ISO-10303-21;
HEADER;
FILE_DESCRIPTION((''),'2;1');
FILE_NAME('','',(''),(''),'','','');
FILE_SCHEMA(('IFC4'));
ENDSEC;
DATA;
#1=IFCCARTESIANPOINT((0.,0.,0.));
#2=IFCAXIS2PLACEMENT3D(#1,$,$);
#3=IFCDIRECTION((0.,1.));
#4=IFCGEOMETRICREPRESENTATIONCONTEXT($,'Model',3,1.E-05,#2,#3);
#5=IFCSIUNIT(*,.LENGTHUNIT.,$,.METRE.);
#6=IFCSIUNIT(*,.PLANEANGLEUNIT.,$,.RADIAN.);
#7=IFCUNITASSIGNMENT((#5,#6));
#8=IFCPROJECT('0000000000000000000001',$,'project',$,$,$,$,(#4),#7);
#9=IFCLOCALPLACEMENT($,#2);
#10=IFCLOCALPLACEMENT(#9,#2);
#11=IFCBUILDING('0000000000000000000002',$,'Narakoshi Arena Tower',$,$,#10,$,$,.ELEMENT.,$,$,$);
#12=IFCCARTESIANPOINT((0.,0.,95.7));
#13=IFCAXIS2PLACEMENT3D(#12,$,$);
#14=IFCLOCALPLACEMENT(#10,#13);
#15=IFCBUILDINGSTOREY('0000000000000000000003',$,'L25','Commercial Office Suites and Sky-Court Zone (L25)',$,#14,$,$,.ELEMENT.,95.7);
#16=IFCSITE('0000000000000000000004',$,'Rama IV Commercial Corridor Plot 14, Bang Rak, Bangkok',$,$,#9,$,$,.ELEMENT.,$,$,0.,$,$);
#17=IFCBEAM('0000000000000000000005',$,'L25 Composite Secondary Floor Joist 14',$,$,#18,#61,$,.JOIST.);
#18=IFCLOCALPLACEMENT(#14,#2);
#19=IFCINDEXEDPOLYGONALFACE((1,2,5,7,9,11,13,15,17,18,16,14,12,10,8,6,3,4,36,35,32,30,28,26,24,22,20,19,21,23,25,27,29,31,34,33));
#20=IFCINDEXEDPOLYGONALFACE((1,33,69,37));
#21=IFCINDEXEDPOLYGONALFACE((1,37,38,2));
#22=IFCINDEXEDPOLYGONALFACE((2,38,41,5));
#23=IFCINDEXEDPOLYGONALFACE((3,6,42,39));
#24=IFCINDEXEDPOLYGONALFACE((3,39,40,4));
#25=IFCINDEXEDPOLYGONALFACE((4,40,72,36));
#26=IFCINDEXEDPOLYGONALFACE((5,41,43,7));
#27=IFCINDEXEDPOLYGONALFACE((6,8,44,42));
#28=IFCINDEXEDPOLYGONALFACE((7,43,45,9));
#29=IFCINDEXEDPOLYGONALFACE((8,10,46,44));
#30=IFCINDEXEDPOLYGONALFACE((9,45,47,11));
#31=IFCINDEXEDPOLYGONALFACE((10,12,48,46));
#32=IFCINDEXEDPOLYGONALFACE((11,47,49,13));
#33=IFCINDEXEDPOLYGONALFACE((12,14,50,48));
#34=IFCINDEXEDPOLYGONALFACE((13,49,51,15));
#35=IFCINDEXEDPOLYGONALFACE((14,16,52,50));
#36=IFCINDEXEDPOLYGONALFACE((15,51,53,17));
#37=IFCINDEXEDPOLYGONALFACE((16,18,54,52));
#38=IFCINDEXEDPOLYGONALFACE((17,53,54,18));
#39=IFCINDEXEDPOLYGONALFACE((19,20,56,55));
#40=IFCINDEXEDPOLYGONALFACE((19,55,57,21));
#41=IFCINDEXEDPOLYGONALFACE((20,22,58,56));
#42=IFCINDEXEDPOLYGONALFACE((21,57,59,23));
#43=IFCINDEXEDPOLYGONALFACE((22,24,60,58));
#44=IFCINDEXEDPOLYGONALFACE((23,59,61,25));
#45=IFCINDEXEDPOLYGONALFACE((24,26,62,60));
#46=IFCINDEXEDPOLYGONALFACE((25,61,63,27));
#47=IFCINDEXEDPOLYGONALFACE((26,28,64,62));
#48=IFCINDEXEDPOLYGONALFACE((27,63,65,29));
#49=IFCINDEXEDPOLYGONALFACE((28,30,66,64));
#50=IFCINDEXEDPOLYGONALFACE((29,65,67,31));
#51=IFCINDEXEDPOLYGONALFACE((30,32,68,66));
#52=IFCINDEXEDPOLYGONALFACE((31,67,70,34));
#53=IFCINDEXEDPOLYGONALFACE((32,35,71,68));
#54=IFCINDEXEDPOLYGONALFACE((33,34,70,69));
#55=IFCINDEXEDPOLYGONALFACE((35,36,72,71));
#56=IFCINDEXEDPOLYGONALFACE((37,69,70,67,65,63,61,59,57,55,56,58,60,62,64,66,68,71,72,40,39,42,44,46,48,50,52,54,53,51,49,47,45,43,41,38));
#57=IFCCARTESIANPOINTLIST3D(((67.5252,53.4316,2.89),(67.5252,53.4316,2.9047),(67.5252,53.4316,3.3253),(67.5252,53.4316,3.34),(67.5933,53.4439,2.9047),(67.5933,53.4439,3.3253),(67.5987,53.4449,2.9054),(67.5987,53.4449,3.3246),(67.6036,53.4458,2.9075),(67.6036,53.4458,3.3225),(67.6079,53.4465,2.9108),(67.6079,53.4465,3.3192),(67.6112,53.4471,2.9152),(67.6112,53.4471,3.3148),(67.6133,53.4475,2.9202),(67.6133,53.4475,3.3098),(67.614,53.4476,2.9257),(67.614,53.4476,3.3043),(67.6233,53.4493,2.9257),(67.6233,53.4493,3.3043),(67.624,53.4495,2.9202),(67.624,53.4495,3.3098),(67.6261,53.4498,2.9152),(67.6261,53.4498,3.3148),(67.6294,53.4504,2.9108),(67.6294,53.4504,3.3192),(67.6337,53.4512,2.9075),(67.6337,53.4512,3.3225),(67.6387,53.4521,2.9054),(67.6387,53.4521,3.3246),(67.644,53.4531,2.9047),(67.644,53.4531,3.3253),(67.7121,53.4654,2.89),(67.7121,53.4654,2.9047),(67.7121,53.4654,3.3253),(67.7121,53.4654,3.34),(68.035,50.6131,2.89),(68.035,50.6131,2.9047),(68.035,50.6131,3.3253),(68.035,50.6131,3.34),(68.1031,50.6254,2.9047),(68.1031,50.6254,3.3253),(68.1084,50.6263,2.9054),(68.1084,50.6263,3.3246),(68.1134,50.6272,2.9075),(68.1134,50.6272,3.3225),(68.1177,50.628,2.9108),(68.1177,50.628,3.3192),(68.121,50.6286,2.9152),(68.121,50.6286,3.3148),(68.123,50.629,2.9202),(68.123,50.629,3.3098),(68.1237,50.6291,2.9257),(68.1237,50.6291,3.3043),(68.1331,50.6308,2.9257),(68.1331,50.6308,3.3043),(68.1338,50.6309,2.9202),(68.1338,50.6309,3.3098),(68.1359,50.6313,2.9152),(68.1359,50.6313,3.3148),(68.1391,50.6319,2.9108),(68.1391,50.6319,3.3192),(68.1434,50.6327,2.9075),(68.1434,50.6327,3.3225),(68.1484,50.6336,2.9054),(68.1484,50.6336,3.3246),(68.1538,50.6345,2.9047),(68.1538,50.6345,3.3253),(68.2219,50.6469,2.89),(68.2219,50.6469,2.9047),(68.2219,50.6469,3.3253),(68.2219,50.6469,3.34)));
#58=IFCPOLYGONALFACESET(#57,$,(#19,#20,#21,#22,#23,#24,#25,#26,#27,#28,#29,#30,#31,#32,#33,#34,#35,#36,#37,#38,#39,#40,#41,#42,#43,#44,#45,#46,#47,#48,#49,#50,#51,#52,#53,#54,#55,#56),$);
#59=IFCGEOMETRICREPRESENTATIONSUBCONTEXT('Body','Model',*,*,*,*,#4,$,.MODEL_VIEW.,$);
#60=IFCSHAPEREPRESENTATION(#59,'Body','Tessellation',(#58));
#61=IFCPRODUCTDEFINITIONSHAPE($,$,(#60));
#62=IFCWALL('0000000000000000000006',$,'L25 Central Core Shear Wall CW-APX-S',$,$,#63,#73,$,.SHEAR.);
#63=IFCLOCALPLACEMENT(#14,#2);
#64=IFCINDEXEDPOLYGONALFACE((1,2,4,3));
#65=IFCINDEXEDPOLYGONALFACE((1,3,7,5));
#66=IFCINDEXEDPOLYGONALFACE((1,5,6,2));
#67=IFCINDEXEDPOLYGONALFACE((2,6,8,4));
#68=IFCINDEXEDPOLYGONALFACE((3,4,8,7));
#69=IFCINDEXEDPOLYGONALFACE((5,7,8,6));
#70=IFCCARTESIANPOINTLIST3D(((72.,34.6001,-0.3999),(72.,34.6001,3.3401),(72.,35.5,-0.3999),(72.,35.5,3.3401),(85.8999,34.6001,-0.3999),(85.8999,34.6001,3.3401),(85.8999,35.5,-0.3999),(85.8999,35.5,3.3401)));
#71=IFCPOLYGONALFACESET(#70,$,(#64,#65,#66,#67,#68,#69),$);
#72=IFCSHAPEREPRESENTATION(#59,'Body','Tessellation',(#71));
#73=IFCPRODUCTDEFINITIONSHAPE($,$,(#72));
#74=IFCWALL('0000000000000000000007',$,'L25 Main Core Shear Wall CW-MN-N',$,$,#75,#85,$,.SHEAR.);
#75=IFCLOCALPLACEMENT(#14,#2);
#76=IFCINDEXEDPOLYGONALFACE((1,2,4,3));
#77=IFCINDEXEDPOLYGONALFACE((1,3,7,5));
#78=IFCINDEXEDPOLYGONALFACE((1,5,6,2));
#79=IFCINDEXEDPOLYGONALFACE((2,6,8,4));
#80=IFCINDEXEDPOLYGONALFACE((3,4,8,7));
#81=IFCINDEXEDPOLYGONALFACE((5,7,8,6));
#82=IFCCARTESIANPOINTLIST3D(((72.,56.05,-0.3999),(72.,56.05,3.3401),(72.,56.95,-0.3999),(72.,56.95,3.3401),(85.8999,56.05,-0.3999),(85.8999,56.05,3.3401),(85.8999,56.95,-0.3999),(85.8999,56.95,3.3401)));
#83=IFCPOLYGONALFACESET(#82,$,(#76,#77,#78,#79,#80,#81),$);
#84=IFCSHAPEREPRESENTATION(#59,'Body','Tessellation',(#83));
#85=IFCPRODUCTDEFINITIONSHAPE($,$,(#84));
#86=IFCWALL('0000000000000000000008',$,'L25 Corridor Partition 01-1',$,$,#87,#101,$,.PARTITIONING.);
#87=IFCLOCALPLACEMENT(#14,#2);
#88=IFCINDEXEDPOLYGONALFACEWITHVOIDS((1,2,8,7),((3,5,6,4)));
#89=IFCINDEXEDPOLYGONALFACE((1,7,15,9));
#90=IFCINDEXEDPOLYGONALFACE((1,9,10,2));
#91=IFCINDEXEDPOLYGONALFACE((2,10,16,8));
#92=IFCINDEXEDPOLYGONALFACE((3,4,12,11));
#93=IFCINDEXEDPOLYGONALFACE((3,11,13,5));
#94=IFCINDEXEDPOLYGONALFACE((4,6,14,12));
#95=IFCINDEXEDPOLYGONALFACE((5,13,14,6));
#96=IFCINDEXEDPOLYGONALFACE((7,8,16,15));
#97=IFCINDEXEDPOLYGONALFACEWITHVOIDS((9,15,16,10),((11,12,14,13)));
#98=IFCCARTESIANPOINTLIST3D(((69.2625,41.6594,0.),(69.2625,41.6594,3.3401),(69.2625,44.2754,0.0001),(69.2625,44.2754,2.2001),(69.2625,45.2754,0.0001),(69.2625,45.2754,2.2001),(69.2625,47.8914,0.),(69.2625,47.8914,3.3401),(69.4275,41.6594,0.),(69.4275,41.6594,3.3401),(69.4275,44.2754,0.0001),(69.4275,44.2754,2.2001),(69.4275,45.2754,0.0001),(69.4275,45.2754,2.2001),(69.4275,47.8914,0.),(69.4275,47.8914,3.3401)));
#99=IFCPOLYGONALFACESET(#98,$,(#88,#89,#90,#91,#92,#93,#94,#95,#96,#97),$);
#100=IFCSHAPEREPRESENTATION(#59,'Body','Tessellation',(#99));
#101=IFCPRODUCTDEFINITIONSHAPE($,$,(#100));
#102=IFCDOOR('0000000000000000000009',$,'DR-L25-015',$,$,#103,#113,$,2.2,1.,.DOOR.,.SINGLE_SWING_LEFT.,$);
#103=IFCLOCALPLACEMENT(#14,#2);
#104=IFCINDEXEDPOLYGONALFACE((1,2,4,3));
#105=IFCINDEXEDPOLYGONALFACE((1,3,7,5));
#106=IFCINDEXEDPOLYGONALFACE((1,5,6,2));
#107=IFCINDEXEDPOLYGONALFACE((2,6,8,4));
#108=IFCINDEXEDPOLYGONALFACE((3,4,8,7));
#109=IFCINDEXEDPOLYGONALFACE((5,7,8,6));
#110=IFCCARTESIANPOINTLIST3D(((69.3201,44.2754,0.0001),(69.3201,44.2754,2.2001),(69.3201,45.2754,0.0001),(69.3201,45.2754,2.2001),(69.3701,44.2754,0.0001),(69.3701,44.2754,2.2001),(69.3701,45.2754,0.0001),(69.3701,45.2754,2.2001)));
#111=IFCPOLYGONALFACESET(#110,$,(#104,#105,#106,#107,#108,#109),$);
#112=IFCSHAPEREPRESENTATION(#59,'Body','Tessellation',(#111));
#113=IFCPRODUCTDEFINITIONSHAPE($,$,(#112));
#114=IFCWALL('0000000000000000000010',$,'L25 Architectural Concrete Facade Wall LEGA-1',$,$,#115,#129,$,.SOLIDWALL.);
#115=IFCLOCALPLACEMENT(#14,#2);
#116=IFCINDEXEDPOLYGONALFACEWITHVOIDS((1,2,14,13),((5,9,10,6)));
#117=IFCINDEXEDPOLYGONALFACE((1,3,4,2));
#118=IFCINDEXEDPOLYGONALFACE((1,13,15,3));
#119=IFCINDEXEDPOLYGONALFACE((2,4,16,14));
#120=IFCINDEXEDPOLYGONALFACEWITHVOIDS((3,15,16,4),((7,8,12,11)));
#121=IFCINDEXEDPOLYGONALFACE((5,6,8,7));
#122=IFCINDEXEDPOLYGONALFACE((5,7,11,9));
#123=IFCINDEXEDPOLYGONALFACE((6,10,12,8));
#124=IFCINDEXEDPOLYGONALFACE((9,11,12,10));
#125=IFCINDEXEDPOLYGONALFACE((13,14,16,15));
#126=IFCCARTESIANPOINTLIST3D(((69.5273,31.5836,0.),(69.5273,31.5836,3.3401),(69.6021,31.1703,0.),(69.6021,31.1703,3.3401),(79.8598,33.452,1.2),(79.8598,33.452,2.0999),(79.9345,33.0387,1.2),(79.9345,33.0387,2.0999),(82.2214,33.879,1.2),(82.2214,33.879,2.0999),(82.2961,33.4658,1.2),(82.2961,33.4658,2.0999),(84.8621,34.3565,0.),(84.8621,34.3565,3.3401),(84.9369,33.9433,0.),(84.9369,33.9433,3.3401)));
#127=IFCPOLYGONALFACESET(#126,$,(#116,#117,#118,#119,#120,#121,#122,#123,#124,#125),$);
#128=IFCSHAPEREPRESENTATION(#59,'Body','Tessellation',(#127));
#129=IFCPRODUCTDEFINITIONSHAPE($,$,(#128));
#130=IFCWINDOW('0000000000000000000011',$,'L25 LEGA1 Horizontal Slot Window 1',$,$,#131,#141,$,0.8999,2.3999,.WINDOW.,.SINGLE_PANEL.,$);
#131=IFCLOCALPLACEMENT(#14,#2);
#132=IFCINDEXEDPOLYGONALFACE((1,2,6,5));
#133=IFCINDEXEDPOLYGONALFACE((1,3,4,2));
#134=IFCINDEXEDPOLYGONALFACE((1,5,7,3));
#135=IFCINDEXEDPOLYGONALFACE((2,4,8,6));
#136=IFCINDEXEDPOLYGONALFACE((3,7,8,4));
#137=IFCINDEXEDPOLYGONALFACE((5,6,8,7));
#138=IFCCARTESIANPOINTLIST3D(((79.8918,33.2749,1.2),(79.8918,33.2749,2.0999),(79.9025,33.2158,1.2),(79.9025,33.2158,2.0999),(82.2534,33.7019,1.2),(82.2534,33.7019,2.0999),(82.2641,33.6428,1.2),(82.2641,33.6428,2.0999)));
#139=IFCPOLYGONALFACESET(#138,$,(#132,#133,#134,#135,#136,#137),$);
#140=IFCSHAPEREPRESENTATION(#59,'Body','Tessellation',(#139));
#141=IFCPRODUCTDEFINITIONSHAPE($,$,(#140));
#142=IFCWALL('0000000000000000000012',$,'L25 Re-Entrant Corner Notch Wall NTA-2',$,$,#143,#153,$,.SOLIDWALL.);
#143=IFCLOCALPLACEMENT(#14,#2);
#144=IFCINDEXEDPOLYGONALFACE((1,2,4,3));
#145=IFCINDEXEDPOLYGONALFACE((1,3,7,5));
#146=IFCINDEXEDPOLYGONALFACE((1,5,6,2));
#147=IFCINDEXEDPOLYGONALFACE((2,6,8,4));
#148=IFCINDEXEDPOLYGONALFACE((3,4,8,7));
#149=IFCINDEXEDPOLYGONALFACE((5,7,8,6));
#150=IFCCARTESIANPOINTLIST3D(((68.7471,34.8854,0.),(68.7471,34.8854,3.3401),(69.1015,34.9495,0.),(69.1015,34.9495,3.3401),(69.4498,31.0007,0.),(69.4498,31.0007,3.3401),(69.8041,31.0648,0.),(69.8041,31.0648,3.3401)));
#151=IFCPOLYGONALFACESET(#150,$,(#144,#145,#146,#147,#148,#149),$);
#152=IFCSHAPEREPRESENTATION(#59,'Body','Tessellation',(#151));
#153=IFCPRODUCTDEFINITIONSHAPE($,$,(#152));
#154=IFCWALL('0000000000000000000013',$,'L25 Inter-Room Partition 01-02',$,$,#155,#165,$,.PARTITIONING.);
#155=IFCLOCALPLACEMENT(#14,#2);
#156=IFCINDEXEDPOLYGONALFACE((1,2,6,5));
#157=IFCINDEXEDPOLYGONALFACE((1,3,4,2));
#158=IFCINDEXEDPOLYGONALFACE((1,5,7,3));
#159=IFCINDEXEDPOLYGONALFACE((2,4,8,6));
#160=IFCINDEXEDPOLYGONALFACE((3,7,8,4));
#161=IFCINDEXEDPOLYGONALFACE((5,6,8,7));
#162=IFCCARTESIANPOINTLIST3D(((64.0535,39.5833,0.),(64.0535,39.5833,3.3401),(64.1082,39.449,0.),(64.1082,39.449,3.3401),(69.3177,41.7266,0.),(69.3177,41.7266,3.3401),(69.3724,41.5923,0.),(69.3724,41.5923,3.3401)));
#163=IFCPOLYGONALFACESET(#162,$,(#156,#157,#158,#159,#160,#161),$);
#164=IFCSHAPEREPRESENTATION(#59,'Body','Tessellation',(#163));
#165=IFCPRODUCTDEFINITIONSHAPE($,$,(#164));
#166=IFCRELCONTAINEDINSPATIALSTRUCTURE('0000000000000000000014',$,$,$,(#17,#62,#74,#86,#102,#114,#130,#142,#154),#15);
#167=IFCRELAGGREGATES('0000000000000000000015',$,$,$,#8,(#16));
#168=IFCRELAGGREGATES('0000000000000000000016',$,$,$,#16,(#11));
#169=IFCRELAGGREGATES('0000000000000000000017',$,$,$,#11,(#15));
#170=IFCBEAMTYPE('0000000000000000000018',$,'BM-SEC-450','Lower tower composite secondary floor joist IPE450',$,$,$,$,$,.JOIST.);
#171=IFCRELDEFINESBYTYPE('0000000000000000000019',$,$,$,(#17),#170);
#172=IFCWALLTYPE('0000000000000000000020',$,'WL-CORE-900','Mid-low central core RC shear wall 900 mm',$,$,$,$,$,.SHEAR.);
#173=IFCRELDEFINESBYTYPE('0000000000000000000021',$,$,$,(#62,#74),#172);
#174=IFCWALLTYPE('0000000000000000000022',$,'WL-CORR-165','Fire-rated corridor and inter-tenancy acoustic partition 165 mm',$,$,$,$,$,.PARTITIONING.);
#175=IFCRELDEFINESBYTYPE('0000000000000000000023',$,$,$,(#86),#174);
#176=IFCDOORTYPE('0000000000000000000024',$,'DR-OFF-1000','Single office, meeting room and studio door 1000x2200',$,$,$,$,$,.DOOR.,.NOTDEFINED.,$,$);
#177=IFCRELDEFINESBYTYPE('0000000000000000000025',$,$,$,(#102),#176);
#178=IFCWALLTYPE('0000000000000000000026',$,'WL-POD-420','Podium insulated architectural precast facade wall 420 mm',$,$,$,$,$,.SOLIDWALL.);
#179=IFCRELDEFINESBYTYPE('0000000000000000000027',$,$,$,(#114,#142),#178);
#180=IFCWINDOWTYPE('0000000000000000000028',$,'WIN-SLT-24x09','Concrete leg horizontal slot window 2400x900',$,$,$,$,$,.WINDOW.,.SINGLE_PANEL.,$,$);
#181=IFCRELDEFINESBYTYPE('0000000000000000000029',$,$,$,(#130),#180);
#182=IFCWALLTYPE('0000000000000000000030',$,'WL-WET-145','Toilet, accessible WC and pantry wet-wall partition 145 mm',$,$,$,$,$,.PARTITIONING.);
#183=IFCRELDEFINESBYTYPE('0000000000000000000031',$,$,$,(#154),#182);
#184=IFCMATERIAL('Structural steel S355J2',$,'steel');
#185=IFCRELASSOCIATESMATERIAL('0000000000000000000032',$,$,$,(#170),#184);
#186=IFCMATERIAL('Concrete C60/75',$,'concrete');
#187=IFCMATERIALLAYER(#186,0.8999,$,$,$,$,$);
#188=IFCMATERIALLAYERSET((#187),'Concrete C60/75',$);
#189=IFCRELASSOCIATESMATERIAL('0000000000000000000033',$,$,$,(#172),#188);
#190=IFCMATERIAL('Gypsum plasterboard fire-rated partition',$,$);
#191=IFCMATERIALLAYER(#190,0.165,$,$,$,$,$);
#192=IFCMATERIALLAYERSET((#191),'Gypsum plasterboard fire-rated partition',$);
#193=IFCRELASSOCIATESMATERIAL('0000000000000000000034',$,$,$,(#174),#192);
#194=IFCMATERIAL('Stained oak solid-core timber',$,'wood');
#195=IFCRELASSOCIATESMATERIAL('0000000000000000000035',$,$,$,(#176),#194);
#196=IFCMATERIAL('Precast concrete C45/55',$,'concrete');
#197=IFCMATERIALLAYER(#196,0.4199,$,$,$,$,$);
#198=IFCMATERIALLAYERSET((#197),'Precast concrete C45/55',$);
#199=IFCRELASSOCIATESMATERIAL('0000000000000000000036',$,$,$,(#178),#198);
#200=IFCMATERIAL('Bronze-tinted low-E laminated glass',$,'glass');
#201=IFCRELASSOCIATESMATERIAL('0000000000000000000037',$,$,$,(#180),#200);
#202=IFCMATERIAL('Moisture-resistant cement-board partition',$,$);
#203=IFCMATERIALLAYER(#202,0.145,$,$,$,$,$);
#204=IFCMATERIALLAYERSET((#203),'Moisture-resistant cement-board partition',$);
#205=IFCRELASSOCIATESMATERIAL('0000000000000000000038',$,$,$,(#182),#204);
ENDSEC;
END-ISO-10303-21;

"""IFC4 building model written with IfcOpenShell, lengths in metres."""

from ifc_helpers import new_model, si_unit, direction, frame, frame_2d, origin, origin_2d, place, context, subcontext, project, spatial, rectangle, i_section, extrude, material, layer, layer_set, material_profile, profile_set, type_object, element, fill, save


model = new_model("IFC4")

# Units and contexts
model_context = context("Model", 3, precision=1e-05, world=origin(), true_north=direction((0.0, 1.0)))
body_context = subcontext(model_context, "Body", "Model", "MODEL_VIEW")
ifc_project = project(units=[si_unit("LENGTHUNIT", "METRE"), si_unit("PLANEANGLEUNIT", "RADIAN")], contexts=[model_context])

# Site, building, storey
site_placement = place(None, origin())
site = spatial("IfcSite", under=ifc_project, at=site_placement, Name="Rama IV Commercial Corridor Plot 14, Bang Rak, Bangkok", CompositionType="ELEMENT", RefElevation=0.0)
building_placement = place(site_placement, origin())
building = spatial("IfcBuilding", under=site, at=building_placement, Name="Narakoshi Arena Tower", CompositionType="ELEMENT")
storey_placement = place(building_placement, frame((0.0, 0.0, 95.7)))
storey = spatial("IfcBuildingStorey", under=building, at=storey_placement, Name="L25", Description="Commercial Office Suites and Sky-Court Zone (L25)", CompositionType="ELEMENT", Elevation=95.7)

# Shared definitions
ifc_material_1 = material(Name="Concrete C60/75", Category="concrete")

# Beam
ifc_material_2 = material(Name="Structural steel S355J2", Category="steel")
ifc_material_profile_1 = material_profile(ifc_material_2, i_section(OverallWidth=0.1899, OverallDepth=0.45, WebThickness=0.0095, FlangeThickness=0.0146, FilletRadius=0.021, at=origin_2d()), Name="IPE450")
ifc_profile_set_1 = profile_set([ifc_material_profile_1], Name="Structural steel S355J2")
beam_type_1 = type_object("IfcBeamType", Name="BM-SEC-450", Description="Lower tower composite secondary floor joist IPE450", PredefinedType="JOIST", material=ifc_profile_set_1)
beam_1_placement = place(storey_placement, frame((67.6187, 53.4485, 3.115), z_axis=(0.17797, -0.984036, 0.0), x_axis=(0.984036, 0.17797, 0.0)))
element("IfcBeam", 1, at=beam_1_placement, inside=storey, type_object=beam_type_1, Name="L25 Composite Secondary Floor Joist 14", PredefinedType="JOIST", context=body_context, shape_type="SweptSolid", body=[
    extrude(i_section(OverallWidth=0.1899, OverallDepth=0.45, WebThickness=0.0095, FlangeThickness=0.0146, FilletRadius=0.021, at=origin_2d()), origin(), (0.0, 0.0, 1.0), 2.8643),
])

# Walls
ifc_layer_1 = layer(ifc_material_1, 0.8999)
ifc_layer_set_1 = layer_set([ifc_layer_1], Name="Concrete C60/75")
wall_type_1 = type_object("IfcWallType", Name="WL-CORE-900", Description="Mid-low central core RC shear wall 900 mm", PredefinedType="SHEAR", material=ifc_layer_set_1)
for number, where, z_axis, x_axis, name in (
    (2, (72.0, 35.05, -0.3999), (0.0, 0.0, 1.0), (1.0, 0.0, 0.0), "L25 Central Core Shear Wall CW-APX-S"),
    (3, (72.0, 56.5, -0.3999), (0.0, 0.0, 1.0), (1.0, 0.0, 0.0), "L25 Main Core Shear Wall CW-MN-N"),
):
    element("IfcWall", number, at=place(storey_placement, frame(where, z_axis=z_axis, x_axis=x_axis)), inside=storey, type_object=wall_type_1, Name=name, PredefinedType="SHEAR", context=body_context, shape_type="SweptSolid", body=[
        extrude(rectangle(XDim=13.8999, YDim=0.8999, at=frame_2d((6.95, 0.0))), origin(), (0.0, 0.0, 1.0), 3.74),
    ])

# Wall, opening, door
ifc_material_3 = material(Name="Gypsum plasterboard fire-rated partition")
ifc_layer_2 = layer(ifc_material_3, 0.165)
ifc_layer_set_2 = layer_set([ifc_layer_2], Name="Gypsum plasterboard fire-rated partition")
wall_type_2 = type_object("IfcWallType", Name="WL-CORR-165", Description="Fire-rated corridor and inter-tenancy acoustic partition 165 mm", PredefinedType="PARTITIONING", material=ifc_layer_set_2)
wall_1_placement = place(storey_placement, frame((69.345, 47.8914, 0.0), z_axis=(0.0, 0.0, 1.0), x_axis=(0.0, -1.0, 0.0)))
wall_1 = element("IfcWall", 4, at=wall_1_placement, inside=storey, type_object=wall_type_2, Name="L25 Corridor Partition 01-1", PredefinedType="PARTITIONING", context=body_context, shape_type="SweptSolid", body=[
    extrude(rectangle(XDim=6.2319, YDim=0.165, at=frame_2d((3.116, 0.0))), origin(), (0.0, 0.0, 1.0), 3.3401),
])
opening_1_placement = place(wall_1_placement, frame((2.616, 0.0, 0.0)))
opening_1 = element("IfcOpeningElement", 5, at=opening_1_placement, cuts=wall_1, PredefinedType="OPENING", context=body_context, shape_type="SweptSolid", body=[
    extrude(rectangle(XDim=1.0, YDim=2.2, at=frame_2d((0.5, 1.1001))), frame((0.0, 0.0925, 0.0), z_axis=(0.0, -1.0, 0.0), x_axis=(1.0, 0.0, 0.0)), (0.0, 0.0, 1.0), 0.1851),
])
ifc_material_4 = material(Name="Stained oak solid-core timber", Category="wood")
door_type_1 = type_object("IfcDoorType", Name="DR-OFF-1000", Description="Single office, meeting room and studio door 1000x2200", OperationType="NOTDEFINED", PredefinedType="DOOR", material=ifc_material_4)
door_1_placement = place(opening_1_placement, frame((1.0, 0.0, 0.0), z_axis=(0.0, 0.0, 1.0), x_axis=(-1.0, 0.0, 0.0)))
door_1 = element("IfcDoor", 6, at=door_1_placement, inside=storey, type_object=door_type_1, Name="DR-L25-015", OperationType="SINGLE_SWING_LEFT", OverallHeight=2.2, OverallWidth=1.0, PredefinedType="DOOR", context=body_context, shape_type="SweptSolid", body=[
    extrude(rectangle(XDim=1.0, YDim=2.2, at=frame_2d((0.5, 1.1001))), frame((0.0, 0.0249, 0.0), z_axis=(0.0, -1.0, 0.0), x_axis=(1.0, 0.0, 0.0)), (0.0, 0.0, 1.0), 0.05),
])
fill(opening_1, door_1)

# Wall, opening, window
ifc_material_5 = material(Name="Precast concrete C45/55", Category="concrete")
ifc_layer_3 = layer(ifc_material_5, 0.4199)
ifc_layer_set_3 = layer_set([ifc_layer_3], Name="Precast concrete C45/55")
wall_type_3 = type_object("IfcWallType", Name="WL-POD-420", Description="Podium insulated architectural precast facade wall 420 mm", PredefinedType="SOLIDWALL", material=ifc_layer_set_3)
wall_2_placement = place(storey_placement, frame((69.5647, 31.377, 0.0), z_axis=(0.0, 0.0, 1.0), x_axis=(0.984041, 0.177942, 0.0)))
wall_2 = element("IfcWall", 7, at=wall_2_placement, inside=storey, type_object=wall_type_3, Name="L25 Architectural Concrete Facade Wall LEGA-1", PredefinedType="SOLIDWALL", context=body_context, shape_type="SweptSolid", body=[
    extrude(rectangle(XDim=15.5835, YDim=0.4199, at=frame_2d((7.7917, 0.0))), origin(), (0.0, 0.0, 1.0), 3.3401),
])
opening_2_placement = place(wall_2_placement, frame((10.5, 0.0, 1.2)))
opening_2 = element("IfcOpeningElement", 8, at=opening_2_placement, cuts=wall_2, PredefinedType="OPENING", context=body_context, shape_type="SweptSolid", body=[
    extrude(rectangle(XDim=2.3999, YDim=0.8999, at=frame_2d((1.2, 0.45))), frame((0.0, 0.22, 0.0), z_axis=(0.0, -1.0, 0.0), x_axis=(1.0, 0.0, 0.0)), (0.0, 0.0, 1.0), 0.4399),
])
ifc_material_6 = material(Name="Bronze-tinted low-E laminated glass", Category="glass")
window_type = type_object("IfcWindowType", Name="WIN-SLT-24x09", Description="Concrete leg horizontal slot window 2400x900", PartitioningType="SINGLE_PANEL", PredefinedType="WINDOW", material=ifc_material_6)
window_placement = place(opening_2_placement, origin())
window = element("IfcWindow", 9, at=window_placement, inside=storey, type_object=window_type, Name="L25 LEGA1 Horizontal Slot Window 1", OverallHeight=0.8999, OverallWidth=2.3999, PartitioningType="SINGLE_PANEL", PredefinedType="WINDOW", context=body_context, shape_type="SweptSolid", body=[
    extrude(rectangle(XDim=2.3999, YDim=0.8999, at=frame_2d((1.2, 0.45))), frame((0.0, 0.03, 0.0), z_axis=(0.0, -1.0, 0.0), x_axis=(1.0, 0.0, 0.0)), (0.0, 0.0, 1.0), 0.0601),
])
fill(opening_2, window)

# Walls
wall_3_placement = place(storey_placement, frame((68.9243, 34.9175, 0.0), z_axis=(0.0, 0.0, 1.0), x_axis=(0.177982, -0.984034, 0.0)))
element("IfcWall", 10, at=wall_3_placement, inside=storey, type_object=wall_type_3, Name="L25 Re-Entrant Corner Notch Wall NTA-2", PredefinedType="SOLIDWALL", context=body_context, shape_type="SweptSolid", body=[
    extrude(rectangle(XDim=3.9478, YDim=0.3601, at=frame_2d((1.9739, 0.0))), origin(), (0.0, 0.0, 1.0), 3.3401),
])
ifc_material_7 = material(Name="Moisture-resistant cement-board partition")
ifc_layer_4 = layer(ifc_material_7, 0.145)
ifc_layer_set_4 = layer_set([ifc_layer_4], Name="Moisture-resistant cement-board partition")
wall_type_4 = type_object("IfcWallType", Name="WL-WET-145", Description="Toilet, accessible WC and pantry wet-wall partition 145 mm", PredefinedType="PARTITIONING", material=ifc_layer_set_4)
wall_4_placement = place(storey_placement, frame((69.345, 41.6594, 0.0), z_axis=(0.0, 0.0, 1.0), x_axis=(-0.926175, -0.377094, 0.0)))
element("IfcWall", 11, at=wall_4_placement, inside=storey, type_object=wall_type_4, Name="L25 Inter-Room Partition 01-02", PredefinedType="PARTITIONING", context=body_context, shape_type="SweptSolid", body=[
    extrude(rectangle(XDim=5.6838, YDim=0.145, at=frame_2d((2.8418, 0.0))), origin(), (0.0, 0.0, 1.0), 3.3401),
])

save(model, "model.ifc")
